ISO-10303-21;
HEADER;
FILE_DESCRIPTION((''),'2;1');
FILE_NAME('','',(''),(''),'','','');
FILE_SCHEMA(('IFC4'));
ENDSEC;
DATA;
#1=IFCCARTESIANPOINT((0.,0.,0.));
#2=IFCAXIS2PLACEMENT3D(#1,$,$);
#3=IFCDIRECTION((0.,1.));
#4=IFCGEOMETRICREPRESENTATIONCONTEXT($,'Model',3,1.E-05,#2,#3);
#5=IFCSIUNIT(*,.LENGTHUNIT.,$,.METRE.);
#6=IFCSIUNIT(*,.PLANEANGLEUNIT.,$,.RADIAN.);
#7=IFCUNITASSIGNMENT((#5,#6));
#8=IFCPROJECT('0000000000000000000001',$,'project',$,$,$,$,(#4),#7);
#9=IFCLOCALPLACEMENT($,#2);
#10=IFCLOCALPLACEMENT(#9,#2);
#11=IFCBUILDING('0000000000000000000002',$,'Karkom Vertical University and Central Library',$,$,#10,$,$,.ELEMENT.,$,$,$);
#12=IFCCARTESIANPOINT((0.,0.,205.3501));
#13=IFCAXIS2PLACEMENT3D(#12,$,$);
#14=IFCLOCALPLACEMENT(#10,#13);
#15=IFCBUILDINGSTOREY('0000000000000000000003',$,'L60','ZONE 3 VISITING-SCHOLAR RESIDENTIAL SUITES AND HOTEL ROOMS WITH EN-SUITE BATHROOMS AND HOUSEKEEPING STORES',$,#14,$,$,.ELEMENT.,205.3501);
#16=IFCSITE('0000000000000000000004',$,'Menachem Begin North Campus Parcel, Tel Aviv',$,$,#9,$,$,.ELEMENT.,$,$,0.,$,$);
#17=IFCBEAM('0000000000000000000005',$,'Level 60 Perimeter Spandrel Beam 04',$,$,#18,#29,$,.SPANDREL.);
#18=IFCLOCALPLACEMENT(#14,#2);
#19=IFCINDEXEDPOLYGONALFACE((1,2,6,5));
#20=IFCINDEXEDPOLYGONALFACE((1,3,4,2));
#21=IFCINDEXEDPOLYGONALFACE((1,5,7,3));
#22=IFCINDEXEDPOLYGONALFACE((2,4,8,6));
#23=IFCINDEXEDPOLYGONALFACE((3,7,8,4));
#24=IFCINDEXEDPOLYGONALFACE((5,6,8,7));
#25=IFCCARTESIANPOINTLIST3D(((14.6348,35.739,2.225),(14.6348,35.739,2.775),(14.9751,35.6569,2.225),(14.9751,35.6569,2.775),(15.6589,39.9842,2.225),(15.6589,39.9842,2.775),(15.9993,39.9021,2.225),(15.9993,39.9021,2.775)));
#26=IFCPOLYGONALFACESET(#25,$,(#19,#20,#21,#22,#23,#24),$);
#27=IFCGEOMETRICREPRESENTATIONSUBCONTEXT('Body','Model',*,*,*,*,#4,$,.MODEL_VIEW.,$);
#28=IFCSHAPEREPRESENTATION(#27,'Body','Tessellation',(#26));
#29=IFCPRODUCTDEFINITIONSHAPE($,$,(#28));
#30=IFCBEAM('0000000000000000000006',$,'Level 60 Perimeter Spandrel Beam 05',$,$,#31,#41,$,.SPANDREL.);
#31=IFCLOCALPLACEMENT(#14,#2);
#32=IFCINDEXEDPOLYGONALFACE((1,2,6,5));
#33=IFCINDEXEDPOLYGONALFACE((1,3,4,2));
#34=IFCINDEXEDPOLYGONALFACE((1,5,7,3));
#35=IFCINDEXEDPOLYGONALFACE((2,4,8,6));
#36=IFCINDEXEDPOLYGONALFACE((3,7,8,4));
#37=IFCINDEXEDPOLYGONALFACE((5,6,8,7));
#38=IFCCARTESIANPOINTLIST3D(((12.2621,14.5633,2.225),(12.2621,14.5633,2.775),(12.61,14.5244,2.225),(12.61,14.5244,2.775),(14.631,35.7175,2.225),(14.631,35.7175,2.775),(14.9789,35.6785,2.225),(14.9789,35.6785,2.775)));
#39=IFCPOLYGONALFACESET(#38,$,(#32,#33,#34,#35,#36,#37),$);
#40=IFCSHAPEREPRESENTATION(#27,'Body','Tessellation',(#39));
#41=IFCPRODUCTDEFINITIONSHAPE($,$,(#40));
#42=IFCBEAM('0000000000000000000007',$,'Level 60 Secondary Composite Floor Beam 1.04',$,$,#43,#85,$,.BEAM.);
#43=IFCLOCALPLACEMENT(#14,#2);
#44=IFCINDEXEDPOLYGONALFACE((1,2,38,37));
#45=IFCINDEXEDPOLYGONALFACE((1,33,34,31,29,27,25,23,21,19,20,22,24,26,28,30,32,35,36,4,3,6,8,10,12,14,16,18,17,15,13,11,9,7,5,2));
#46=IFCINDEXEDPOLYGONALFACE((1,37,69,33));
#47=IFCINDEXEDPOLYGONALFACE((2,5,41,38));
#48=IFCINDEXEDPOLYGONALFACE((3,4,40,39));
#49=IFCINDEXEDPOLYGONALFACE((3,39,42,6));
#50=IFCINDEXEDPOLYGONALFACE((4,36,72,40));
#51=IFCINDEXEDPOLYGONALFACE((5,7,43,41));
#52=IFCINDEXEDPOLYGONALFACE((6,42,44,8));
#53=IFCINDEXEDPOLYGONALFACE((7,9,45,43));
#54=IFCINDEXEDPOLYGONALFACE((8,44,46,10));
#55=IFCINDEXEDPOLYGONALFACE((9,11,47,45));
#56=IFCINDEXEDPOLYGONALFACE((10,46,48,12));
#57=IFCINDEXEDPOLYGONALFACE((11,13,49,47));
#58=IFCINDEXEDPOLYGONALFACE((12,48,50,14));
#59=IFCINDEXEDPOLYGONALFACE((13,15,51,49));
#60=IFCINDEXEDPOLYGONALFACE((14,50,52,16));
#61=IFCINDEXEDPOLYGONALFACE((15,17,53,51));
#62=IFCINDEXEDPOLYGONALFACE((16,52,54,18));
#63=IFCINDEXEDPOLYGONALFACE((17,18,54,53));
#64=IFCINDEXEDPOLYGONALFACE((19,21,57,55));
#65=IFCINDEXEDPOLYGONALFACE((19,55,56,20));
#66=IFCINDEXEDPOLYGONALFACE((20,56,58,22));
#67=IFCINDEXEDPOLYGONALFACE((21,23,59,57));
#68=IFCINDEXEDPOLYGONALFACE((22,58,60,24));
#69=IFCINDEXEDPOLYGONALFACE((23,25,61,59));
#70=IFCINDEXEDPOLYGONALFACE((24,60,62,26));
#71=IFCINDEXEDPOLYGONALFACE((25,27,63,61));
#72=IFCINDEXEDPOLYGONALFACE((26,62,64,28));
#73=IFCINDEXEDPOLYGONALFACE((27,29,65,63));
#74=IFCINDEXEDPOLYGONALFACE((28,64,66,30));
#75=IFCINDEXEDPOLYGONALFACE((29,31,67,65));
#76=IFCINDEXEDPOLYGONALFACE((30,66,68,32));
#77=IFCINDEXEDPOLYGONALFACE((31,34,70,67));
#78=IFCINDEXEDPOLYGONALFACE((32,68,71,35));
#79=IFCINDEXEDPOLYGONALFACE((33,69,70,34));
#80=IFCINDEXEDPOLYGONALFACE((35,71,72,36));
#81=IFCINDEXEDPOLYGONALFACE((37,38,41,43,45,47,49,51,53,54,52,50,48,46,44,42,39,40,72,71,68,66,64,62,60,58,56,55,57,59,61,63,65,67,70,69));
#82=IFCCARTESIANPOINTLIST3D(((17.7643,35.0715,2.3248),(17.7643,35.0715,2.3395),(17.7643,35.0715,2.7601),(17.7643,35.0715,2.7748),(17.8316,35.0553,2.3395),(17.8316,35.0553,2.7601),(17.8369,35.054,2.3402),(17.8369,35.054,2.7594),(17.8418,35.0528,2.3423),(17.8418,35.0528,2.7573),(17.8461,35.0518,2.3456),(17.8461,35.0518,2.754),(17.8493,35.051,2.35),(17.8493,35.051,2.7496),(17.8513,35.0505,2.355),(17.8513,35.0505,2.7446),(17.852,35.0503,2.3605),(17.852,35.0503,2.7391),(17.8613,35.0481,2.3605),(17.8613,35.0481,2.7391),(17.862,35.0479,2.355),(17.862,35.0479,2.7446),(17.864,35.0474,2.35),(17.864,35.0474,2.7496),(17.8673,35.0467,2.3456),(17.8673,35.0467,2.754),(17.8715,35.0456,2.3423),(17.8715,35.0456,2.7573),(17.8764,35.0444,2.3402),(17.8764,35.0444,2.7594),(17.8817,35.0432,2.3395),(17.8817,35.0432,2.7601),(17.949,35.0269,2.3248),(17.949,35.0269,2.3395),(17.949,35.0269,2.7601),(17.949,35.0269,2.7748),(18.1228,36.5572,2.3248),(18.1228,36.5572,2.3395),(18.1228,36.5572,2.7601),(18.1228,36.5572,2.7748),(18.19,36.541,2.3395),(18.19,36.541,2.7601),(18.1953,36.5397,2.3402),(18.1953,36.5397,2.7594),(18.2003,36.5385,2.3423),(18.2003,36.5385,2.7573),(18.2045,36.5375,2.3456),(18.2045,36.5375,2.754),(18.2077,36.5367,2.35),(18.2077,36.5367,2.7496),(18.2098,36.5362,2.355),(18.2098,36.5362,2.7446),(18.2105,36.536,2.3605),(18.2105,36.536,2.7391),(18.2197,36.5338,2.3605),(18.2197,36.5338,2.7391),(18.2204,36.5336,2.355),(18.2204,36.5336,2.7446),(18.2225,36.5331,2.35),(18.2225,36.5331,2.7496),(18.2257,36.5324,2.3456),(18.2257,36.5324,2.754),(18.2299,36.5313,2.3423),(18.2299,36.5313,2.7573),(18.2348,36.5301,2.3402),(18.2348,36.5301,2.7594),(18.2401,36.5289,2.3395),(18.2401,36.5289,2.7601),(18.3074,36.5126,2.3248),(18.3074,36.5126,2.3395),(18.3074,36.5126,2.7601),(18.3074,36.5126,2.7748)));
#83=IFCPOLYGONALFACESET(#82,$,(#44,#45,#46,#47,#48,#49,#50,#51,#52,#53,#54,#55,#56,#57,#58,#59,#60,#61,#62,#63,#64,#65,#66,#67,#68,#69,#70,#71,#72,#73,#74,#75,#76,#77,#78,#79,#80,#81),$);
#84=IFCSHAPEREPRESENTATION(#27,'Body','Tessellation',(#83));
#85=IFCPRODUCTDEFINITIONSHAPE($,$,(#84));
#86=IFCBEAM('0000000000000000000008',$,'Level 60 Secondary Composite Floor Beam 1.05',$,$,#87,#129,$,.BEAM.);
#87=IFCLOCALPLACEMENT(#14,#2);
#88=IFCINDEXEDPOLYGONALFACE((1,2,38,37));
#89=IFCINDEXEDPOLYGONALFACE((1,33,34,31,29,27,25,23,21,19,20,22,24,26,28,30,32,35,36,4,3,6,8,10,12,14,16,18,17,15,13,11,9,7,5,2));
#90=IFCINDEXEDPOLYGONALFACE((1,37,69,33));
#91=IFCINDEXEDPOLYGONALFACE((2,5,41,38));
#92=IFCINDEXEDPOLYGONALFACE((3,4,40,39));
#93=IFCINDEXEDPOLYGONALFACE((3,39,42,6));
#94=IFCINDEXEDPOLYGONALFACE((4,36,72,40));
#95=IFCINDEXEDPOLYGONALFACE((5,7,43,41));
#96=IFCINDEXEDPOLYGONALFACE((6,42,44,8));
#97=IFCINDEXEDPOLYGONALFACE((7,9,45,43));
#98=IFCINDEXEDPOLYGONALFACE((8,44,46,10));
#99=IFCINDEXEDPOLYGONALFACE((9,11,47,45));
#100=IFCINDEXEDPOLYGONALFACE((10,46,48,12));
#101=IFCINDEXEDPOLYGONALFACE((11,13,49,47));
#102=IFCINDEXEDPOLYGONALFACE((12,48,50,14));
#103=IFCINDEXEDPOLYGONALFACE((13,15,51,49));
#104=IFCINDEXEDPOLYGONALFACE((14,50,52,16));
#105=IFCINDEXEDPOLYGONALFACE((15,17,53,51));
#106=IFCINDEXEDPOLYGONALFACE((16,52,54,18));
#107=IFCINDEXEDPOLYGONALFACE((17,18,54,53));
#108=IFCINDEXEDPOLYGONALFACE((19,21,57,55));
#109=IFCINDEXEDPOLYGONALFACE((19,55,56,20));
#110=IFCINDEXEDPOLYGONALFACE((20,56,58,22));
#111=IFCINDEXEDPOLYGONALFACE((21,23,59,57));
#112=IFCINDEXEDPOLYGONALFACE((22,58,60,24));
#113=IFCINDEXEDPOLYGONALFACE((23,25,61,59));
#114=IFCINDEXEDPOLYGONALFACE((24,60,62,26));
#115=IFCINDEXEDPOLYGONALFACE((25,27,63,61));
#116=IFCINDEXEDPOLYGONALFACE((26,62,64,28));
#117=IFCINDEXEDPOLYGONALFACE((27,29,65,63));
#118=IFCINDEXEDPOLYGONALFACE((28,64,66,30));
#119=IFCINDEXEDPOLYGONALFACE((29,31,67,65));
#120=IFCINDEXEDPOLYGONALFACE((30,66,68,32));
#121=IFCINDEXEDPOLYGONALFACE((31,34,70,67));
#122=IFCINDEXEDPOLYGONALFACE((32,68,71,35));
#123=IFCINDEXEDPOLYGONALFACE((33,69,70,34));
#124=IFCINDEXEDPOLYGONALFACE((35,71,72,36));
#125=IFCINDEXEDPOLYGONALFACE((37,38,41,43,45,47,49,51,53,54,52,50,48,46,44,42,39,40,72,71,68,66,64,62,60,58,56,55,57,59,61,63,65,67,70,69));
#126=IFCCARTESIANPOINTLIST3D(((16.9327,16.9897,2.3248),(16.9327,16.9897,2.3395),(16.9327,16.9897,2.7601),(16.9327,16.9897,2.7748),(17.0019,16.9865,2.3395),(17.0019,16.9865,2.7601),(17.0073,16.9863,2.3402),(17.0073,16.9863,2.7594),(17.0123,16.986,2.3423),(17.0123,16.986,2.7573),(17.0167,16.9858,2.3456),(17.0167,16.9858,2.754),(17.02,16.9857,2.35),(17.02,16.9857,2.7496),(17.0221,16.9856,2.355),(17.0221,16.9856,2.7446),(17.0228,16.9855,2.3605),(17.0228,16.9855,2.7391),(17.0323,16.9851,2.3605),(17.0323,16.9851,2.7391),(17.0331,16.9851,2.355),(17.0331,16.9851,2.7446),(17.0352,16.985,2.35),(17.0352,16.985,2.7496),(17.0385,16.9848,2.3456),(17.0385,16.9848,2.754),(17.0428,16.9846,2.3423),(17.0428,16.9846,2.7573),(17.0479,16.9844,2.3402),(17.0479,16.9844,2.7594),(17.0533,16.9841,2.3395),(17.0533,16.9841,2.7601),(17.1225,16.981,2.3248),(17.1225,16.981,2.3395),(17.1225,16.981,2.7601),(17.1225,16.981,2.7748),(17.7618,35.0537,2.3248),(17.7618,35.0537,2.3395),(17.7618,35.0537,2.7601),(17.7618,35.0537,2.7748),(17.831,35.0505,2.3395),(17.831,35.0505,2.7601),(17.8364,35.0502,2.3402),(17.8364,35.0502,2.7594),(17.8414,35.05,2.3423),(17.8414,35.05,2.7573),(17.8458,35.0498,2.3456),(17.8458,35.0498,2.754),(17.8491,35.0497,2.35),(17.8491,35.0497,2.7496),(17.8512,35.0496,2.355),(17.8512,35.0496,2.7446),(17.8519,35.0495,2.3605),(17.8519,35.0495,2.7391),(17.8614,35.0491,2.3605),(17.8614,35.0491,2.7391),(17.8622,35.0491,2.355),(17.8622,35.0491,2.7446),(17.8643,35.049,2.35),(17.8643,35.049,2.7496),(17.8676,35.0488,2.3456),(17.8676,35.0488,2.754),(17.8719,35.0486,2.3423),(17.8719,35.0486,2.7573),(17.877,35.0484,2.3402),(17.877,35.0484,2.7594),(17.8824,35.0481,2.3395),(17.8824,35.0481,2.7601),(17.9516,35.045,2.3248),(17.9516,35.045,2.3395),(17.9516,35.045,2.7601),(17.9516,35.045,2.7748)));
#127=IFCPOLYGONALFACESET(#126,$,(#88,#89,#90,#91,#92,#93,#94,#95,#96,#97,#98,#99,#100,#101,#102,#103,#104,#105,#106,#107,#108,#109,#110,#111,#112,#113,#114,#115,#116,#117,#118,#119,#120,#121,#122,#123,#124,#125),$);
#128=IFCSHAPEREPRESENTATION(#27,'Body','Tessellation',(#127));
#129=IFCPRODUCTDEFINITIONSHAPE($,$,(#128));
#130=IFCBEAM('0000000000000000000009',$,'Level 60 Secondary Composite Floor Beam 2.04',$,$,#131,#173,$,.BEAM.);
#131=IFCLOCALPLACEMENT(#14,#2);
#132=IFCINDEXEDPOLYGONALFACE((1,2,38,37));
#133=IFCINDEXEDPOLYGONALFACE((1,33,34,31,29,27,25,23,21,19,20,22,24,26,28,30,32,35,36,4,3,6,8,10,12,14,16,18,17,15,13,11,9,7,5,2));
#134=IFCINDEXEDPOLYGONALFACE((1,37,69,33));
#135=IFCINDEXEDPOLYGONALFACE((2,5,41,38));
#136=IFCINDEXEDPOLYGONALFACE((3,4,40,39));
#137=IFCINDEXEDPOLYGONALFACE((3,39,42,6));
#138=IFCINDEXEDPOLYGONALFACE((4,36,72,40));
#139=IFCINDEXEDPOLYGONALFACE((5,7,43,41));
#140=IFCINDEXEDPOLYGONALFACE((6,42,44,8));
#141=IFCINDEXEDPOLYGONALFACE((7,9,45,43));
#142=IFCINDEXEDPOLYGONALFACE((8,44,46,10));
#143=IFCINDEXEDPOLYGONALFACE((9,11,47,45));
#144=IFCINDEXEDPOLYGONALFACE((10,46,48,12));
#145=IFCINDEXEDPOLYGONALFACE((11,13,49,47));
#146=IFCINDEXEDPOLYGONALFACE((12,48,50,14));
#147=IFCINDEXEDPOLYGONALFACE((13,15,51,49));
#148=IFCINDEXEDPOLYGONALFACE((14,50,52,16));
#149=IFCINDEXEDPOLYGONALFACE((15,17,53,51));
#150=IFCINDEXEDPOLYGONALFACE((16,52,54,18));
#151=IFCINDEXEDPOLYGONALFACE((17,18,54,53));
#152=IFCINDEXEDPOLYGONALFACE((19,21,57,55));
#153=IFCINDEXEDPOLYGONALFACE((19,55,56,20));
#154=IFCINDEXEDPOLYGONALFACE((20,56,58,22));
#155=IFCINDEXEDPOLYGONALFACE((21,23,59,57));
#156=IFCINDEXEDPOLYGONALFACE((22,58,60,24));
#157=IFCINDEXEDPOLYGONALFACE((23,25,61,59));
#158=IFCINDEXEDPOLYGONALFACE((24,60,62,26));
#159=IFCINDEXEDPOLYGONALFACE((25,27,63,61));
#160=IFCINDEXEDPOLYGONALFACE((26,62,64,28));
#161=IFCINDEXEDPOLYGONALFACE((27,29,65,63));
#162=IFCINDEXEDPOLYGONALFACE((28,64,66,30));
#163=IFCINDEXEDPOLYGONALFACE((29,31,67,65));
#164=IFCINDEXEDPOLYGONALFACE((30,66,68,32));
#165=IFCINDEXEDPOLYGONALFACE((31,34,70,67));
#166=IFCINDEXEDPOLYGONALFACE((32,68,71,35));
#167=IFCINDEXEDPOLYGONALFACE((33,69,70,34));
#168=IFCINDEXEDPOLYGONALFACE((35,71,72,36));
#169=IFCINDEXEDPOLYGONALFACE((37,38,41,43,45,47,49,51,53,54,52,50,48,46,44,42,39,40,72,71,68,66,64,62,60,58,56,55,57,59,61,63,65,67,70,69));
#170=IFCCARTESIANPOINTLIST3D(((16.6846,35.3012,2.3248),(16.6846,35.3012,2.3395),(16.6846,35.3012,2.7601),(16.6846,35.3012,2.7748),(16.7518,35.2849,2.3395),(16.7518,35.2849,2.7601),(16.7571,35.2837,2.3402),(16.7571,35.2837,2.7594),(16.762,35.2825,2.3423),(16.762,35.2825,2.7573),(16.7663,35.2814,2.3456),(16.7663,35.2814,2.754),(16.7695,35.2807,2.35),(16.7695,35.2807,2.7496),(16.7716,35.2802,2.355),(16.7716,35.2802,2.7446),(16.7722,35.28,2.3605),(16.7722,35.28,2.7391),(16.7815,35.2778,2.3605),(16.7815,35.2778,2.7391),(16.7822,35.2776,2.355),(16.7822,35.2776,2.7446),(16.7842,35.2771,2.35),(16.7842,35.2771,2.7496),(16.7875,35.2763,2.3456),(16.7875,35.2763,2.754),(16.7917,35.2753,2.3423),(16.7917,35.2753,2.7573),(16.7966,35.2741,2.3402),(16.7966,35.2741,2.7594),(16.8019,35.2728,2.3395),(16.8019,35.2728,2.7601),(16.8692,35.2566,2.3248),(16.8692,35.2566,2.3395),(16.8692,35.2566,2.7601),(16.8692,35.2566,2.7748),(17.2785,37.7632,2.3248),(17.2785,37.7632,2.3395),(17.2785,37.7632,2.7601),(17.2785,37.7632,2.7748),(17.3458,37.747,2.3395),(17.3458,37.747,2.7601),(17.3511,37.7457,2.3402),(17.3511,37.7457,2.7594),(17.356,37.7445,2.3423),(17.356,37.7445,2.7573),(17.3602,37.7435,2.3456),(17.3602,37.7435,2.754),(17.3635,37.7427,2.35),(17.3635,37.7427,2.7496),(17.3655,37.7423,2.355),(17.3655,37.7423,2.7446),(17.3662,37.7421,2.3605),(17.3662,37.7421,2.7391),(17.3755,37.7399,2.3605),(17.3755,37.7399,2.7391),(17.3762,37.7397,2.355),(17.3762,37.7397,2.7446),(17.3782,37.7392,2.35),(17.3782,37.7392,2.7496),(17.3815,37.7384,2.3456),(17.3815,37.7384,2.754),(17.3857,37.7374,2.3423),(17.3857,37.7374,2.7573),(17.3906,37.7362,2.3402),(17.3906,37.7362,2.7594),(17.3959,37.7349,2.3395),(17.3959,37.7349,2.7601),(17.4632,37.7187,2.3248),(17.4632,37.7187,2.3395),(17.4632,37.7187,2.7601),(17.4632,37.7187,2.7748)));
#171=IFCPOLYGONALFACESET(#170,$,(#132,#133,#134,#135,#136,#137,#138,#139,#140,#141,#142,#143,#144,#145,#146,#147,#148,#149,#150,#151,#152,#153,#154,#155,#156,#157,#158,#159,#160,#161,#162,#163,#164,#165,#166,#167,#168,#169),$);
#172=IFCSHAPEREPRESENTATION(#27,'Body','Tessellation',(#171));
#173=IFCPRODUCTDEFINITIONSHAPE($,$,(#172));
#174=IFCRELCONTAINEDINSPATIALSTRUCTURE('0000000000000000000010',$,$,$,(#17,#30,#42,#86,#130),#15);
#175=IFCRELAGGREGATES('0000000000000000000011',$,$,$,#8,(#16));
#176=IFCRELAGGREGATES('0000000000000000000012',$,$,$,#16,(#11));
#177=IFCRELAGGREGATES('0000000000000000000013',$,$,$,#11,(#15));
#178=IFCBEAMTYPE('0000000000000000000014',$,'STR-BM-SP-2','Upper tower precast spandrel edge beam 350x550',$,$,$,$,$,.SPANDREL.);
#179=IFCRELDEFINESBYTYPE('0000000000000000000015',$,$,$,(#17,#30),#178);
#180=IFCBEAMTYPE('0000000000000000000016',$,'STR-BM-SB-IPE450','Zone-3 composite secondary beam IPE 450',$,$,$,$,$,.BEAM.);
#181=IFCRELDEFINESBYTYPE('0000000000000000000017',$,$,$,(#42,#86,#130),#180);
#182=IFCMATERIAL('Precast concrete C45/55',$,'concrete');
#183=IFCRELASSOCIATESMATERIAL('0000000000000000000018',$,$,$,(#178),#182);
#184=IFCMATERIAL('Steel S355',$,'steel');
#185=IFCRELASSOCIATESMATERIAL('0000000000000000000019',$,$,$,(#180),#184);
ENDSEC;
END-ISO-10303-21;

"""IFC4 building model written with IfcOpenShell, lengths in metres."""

from ifc_helpers import new_model, si_unit, direction, frame, origin, origin_with_axes, origin_2d, place, context, subcontext, project, spatial, rectangle, i_section, extrude, source, transform, mapped, material, material_profile, profile_set, type_object, element, save


model = new_model("IFC4")

# Units and contexts
model_context = context("Model", 3, precision=1e-05, world=origin(), true_north=direction((0.0, 1.0)))
body_context = subcontext(model_context, "Body", "Model", "MODEL_VIEW")
ifc_project = project(units=[si_unit("LENGTHUNIT", "METRE"), si_unit("PLANEANGLEUNIT", "RADIAN")], contexts=[model_context])

# Site, building, storey
site_placement = place(None, origin())
site = spatial("IfcSite", under=ifc_project, at=site_placement, Name="Menachem Begin North Campus Parcel, Tel Aviv", CompositionType="ELEMENT", RefElevation=0.0)
building_placement = place(site_placement, origin())
building = spatial("IfcBuilding", under=site, at=building_placement, Name="Karkom Vertical University and Central Library", CompositionType="ELEMENT")
storey_placement = place(building_placement, frame((0.0, 0.0, 205.3501)))
storey = spatial("IfcBuildingStorey", under=building, at=storey_placement, Name="L60", Description="ZONE 3 VISITING-SCHOLAR RESIDENTIAL SUITES AND HOTEL ROOMS WITH EN-SUITE BATHROOMS AND HOUSEKEEPING STORES", CompositionType="ELEMENT", Elevation=205.3501)

# Beams
ifc_material_1 = material(Name="Precast concrete C45/55", Category="concrete")
ifc_material_profile_1 = material_profile(ifc_material_1, rectangle(XDim=0.3501, YDim=0.55, at=origin_2d()), Name="SPB-350x550")
ifc_profile_set_1 = profile_set([ifc_material_profile_1], Name="Precast concrete C45/55")
beam_type_1 = type_object("IfcBeamType", Name="STR-BM-SP-2", Description="Upper tower precast spandrel edge beam 350x550", PredefinedType="SPANDREL", material=ifc_profile_set_1)
shared_shape_1 = source(origin_with_axes(), body_context, "Body", "SweptSolid", [
    extrude(rectangle(XDim=0.3501, YDim=0.55, at=origin_2d()), origin(), (0.0, 0.0, 1.0), 4.3669),
])
beam_1_placement = place(storey_placement, frame((15.8291, 39.9431, 2.5), z_axis=(-0.234529, -0.972109, 0.0), x_axis=(0.972109, -0.234529, 0.0)))
element("IfcBeam", 1, at=beam_1_placement, inside=storey, type_object=beam_type_1, Name="Level 60 Perimeter Spandrel Beam 04", PredefinedType="SPANDREL", context=body_context, shape_type="MappedRepresentation", body=[
    mapped(shared_shape_1, transform((0.0, 0.0, 0.0), scale=1.0)),
])
shared_shape_2 = source(origin_with_axes(), body_context, "Body", "SweptSolid", [
    extrude(rectangle(XDim=0.3501, YDim=0.55, at=origin_2d()), origin(), (0.0, 0.0, 1.0), 21.2864),
])
beam_2_placement = place(storey_placement, frame((14.8049, 35.698, 2.5), z_axis=(-0.111287, -0.993788, 0.0), x_axis=(0.993788, -0.111287, 0.0)))
element("IfcBeam", 2, at=beam_2_placement, inside=storey, type_object=beam_type_1, Name="Level 60 Perimeter Spandrel Beam 05", PredefinedType="SPANDREL", context=body_context, shape_type="MappedRepresentation", body=[
    mapped(shared_shape_2, transform((0.0, 0.0, 0.0), scale=1.0)),
])
ifc_material_2 = material(Name="Steel S355", Category="steel")
ifc_material_profile_2 = material_profile(ifc_material_2, i_section(OverallWidth=0.1899, OverallDepth=0.45, WebThickness=0.0095, FlangeThickness=0.0146, FilletRadius=0.021, at=origin_2d()), Name="IPE 450")
ifc_profile_set_2 = profile_set([ifc_material_profile_2], Name="Steel S355")
beam_type_2 = type_object("IfcBeamType", Name="STR-BM-SB-IPE450", Description="Zone-3 composite secondary beam IPE 450", PredefinedType="BEAM", material=ifc_profile_set_2)
shared_shape_3 = source(origin_with_axes(), body_context, "Body", "SweptSolid", [
    extrude(i_section(OverallWidth=0.1899, OverallDepth=0.45, WebThickness=0.0095, FlangeThickness=0.0146, FilletRadius=0.021, at=origin_2d()), origin(), (0.0, 0.0, 1.0), 1.5283),
])
beam_3_placement = place(storey_placement, frame((18.2151, 36.5349, 2.5498), z_axis=(-0.234521, -0.972111, 0.0), x_axis=(0.972111, -0.234521, 0.0)))
element("IfcBeam", 3, at=beam_3_placement, inside=storey, type_object=beam_type_2, Name="Level 60 Secondary Composite Floor Beam 1.04", PredefinedType="BEAM", context=body_context, shape_type="MappedRepresentation", body=[
    mapped(shared_shape_3, transform((0.0, 0.0, 0.0), scale=1.0)),
])
shared_shape_4 = source(origin_with_axes(), body_context, "Body", "SweptSolid", [
    extrude(i_section(OverallWidth=0.1899, OverallDepth=0.45, WebThickness=0.0095, FlangeThickness=0.0146, FilletRadius=0.021, at=origin_2d()), origin(), (0.0, 0.0, 1.0), 18.083),
])
beam_4_placement = place(storey_placement, frame((17.8567, 35.0493, 2.5498), z_axis=(-0.04585, -0.998948, 0.0), x_axis=(0.998948, -0.04585, 0.0)))
element("IfcBeam", 4, at=beam_4_placement, inside=storey, type_object=beam_type_2, Name="Level 60 Secondary Composite Floor Beam 1.05", PredefinedType="BEAM", context=body_context, shape_type="MappedRepresentation", body=[
    mapped(shared_shape_4, transform((0.0, 0.0, 0.0), scale=1.0)),
])
shared_shape_5 = source(origin_with_axes(), body_context, "Body", "SweptSolid", [
    extrude(i_section(OverallWidth=0.1899, OverallDepth=0.45, WebThickness=0.0095, FlangeThickness=0.0146, FilletRadius=0.021, at=origin_2d()), origin(), (0.0, 0.0, 1.0), 2.5327),
])
beam_5_placement = place(storey_placement, frame((17.3708, 37.741, 2.5498), z_axis=(-0.234521, -0.972111, 0.0), x_axis=(0.972111, -0.234521, 0.0)))
element("IfcBeam", 5, at=beam_5_placement, inside=storey, type_object=beam_type_2, Name="Level 60 Secondary Composite Floor Beam 2.04", PredefinedType="BEAM", context=body_context, shape_type="MappedRepresentation", body=[
    mapped(shared_shape_5, transform((0.0, 0.0, 0.0), scale=1.0)),
])

save(model, "model.ifc")
